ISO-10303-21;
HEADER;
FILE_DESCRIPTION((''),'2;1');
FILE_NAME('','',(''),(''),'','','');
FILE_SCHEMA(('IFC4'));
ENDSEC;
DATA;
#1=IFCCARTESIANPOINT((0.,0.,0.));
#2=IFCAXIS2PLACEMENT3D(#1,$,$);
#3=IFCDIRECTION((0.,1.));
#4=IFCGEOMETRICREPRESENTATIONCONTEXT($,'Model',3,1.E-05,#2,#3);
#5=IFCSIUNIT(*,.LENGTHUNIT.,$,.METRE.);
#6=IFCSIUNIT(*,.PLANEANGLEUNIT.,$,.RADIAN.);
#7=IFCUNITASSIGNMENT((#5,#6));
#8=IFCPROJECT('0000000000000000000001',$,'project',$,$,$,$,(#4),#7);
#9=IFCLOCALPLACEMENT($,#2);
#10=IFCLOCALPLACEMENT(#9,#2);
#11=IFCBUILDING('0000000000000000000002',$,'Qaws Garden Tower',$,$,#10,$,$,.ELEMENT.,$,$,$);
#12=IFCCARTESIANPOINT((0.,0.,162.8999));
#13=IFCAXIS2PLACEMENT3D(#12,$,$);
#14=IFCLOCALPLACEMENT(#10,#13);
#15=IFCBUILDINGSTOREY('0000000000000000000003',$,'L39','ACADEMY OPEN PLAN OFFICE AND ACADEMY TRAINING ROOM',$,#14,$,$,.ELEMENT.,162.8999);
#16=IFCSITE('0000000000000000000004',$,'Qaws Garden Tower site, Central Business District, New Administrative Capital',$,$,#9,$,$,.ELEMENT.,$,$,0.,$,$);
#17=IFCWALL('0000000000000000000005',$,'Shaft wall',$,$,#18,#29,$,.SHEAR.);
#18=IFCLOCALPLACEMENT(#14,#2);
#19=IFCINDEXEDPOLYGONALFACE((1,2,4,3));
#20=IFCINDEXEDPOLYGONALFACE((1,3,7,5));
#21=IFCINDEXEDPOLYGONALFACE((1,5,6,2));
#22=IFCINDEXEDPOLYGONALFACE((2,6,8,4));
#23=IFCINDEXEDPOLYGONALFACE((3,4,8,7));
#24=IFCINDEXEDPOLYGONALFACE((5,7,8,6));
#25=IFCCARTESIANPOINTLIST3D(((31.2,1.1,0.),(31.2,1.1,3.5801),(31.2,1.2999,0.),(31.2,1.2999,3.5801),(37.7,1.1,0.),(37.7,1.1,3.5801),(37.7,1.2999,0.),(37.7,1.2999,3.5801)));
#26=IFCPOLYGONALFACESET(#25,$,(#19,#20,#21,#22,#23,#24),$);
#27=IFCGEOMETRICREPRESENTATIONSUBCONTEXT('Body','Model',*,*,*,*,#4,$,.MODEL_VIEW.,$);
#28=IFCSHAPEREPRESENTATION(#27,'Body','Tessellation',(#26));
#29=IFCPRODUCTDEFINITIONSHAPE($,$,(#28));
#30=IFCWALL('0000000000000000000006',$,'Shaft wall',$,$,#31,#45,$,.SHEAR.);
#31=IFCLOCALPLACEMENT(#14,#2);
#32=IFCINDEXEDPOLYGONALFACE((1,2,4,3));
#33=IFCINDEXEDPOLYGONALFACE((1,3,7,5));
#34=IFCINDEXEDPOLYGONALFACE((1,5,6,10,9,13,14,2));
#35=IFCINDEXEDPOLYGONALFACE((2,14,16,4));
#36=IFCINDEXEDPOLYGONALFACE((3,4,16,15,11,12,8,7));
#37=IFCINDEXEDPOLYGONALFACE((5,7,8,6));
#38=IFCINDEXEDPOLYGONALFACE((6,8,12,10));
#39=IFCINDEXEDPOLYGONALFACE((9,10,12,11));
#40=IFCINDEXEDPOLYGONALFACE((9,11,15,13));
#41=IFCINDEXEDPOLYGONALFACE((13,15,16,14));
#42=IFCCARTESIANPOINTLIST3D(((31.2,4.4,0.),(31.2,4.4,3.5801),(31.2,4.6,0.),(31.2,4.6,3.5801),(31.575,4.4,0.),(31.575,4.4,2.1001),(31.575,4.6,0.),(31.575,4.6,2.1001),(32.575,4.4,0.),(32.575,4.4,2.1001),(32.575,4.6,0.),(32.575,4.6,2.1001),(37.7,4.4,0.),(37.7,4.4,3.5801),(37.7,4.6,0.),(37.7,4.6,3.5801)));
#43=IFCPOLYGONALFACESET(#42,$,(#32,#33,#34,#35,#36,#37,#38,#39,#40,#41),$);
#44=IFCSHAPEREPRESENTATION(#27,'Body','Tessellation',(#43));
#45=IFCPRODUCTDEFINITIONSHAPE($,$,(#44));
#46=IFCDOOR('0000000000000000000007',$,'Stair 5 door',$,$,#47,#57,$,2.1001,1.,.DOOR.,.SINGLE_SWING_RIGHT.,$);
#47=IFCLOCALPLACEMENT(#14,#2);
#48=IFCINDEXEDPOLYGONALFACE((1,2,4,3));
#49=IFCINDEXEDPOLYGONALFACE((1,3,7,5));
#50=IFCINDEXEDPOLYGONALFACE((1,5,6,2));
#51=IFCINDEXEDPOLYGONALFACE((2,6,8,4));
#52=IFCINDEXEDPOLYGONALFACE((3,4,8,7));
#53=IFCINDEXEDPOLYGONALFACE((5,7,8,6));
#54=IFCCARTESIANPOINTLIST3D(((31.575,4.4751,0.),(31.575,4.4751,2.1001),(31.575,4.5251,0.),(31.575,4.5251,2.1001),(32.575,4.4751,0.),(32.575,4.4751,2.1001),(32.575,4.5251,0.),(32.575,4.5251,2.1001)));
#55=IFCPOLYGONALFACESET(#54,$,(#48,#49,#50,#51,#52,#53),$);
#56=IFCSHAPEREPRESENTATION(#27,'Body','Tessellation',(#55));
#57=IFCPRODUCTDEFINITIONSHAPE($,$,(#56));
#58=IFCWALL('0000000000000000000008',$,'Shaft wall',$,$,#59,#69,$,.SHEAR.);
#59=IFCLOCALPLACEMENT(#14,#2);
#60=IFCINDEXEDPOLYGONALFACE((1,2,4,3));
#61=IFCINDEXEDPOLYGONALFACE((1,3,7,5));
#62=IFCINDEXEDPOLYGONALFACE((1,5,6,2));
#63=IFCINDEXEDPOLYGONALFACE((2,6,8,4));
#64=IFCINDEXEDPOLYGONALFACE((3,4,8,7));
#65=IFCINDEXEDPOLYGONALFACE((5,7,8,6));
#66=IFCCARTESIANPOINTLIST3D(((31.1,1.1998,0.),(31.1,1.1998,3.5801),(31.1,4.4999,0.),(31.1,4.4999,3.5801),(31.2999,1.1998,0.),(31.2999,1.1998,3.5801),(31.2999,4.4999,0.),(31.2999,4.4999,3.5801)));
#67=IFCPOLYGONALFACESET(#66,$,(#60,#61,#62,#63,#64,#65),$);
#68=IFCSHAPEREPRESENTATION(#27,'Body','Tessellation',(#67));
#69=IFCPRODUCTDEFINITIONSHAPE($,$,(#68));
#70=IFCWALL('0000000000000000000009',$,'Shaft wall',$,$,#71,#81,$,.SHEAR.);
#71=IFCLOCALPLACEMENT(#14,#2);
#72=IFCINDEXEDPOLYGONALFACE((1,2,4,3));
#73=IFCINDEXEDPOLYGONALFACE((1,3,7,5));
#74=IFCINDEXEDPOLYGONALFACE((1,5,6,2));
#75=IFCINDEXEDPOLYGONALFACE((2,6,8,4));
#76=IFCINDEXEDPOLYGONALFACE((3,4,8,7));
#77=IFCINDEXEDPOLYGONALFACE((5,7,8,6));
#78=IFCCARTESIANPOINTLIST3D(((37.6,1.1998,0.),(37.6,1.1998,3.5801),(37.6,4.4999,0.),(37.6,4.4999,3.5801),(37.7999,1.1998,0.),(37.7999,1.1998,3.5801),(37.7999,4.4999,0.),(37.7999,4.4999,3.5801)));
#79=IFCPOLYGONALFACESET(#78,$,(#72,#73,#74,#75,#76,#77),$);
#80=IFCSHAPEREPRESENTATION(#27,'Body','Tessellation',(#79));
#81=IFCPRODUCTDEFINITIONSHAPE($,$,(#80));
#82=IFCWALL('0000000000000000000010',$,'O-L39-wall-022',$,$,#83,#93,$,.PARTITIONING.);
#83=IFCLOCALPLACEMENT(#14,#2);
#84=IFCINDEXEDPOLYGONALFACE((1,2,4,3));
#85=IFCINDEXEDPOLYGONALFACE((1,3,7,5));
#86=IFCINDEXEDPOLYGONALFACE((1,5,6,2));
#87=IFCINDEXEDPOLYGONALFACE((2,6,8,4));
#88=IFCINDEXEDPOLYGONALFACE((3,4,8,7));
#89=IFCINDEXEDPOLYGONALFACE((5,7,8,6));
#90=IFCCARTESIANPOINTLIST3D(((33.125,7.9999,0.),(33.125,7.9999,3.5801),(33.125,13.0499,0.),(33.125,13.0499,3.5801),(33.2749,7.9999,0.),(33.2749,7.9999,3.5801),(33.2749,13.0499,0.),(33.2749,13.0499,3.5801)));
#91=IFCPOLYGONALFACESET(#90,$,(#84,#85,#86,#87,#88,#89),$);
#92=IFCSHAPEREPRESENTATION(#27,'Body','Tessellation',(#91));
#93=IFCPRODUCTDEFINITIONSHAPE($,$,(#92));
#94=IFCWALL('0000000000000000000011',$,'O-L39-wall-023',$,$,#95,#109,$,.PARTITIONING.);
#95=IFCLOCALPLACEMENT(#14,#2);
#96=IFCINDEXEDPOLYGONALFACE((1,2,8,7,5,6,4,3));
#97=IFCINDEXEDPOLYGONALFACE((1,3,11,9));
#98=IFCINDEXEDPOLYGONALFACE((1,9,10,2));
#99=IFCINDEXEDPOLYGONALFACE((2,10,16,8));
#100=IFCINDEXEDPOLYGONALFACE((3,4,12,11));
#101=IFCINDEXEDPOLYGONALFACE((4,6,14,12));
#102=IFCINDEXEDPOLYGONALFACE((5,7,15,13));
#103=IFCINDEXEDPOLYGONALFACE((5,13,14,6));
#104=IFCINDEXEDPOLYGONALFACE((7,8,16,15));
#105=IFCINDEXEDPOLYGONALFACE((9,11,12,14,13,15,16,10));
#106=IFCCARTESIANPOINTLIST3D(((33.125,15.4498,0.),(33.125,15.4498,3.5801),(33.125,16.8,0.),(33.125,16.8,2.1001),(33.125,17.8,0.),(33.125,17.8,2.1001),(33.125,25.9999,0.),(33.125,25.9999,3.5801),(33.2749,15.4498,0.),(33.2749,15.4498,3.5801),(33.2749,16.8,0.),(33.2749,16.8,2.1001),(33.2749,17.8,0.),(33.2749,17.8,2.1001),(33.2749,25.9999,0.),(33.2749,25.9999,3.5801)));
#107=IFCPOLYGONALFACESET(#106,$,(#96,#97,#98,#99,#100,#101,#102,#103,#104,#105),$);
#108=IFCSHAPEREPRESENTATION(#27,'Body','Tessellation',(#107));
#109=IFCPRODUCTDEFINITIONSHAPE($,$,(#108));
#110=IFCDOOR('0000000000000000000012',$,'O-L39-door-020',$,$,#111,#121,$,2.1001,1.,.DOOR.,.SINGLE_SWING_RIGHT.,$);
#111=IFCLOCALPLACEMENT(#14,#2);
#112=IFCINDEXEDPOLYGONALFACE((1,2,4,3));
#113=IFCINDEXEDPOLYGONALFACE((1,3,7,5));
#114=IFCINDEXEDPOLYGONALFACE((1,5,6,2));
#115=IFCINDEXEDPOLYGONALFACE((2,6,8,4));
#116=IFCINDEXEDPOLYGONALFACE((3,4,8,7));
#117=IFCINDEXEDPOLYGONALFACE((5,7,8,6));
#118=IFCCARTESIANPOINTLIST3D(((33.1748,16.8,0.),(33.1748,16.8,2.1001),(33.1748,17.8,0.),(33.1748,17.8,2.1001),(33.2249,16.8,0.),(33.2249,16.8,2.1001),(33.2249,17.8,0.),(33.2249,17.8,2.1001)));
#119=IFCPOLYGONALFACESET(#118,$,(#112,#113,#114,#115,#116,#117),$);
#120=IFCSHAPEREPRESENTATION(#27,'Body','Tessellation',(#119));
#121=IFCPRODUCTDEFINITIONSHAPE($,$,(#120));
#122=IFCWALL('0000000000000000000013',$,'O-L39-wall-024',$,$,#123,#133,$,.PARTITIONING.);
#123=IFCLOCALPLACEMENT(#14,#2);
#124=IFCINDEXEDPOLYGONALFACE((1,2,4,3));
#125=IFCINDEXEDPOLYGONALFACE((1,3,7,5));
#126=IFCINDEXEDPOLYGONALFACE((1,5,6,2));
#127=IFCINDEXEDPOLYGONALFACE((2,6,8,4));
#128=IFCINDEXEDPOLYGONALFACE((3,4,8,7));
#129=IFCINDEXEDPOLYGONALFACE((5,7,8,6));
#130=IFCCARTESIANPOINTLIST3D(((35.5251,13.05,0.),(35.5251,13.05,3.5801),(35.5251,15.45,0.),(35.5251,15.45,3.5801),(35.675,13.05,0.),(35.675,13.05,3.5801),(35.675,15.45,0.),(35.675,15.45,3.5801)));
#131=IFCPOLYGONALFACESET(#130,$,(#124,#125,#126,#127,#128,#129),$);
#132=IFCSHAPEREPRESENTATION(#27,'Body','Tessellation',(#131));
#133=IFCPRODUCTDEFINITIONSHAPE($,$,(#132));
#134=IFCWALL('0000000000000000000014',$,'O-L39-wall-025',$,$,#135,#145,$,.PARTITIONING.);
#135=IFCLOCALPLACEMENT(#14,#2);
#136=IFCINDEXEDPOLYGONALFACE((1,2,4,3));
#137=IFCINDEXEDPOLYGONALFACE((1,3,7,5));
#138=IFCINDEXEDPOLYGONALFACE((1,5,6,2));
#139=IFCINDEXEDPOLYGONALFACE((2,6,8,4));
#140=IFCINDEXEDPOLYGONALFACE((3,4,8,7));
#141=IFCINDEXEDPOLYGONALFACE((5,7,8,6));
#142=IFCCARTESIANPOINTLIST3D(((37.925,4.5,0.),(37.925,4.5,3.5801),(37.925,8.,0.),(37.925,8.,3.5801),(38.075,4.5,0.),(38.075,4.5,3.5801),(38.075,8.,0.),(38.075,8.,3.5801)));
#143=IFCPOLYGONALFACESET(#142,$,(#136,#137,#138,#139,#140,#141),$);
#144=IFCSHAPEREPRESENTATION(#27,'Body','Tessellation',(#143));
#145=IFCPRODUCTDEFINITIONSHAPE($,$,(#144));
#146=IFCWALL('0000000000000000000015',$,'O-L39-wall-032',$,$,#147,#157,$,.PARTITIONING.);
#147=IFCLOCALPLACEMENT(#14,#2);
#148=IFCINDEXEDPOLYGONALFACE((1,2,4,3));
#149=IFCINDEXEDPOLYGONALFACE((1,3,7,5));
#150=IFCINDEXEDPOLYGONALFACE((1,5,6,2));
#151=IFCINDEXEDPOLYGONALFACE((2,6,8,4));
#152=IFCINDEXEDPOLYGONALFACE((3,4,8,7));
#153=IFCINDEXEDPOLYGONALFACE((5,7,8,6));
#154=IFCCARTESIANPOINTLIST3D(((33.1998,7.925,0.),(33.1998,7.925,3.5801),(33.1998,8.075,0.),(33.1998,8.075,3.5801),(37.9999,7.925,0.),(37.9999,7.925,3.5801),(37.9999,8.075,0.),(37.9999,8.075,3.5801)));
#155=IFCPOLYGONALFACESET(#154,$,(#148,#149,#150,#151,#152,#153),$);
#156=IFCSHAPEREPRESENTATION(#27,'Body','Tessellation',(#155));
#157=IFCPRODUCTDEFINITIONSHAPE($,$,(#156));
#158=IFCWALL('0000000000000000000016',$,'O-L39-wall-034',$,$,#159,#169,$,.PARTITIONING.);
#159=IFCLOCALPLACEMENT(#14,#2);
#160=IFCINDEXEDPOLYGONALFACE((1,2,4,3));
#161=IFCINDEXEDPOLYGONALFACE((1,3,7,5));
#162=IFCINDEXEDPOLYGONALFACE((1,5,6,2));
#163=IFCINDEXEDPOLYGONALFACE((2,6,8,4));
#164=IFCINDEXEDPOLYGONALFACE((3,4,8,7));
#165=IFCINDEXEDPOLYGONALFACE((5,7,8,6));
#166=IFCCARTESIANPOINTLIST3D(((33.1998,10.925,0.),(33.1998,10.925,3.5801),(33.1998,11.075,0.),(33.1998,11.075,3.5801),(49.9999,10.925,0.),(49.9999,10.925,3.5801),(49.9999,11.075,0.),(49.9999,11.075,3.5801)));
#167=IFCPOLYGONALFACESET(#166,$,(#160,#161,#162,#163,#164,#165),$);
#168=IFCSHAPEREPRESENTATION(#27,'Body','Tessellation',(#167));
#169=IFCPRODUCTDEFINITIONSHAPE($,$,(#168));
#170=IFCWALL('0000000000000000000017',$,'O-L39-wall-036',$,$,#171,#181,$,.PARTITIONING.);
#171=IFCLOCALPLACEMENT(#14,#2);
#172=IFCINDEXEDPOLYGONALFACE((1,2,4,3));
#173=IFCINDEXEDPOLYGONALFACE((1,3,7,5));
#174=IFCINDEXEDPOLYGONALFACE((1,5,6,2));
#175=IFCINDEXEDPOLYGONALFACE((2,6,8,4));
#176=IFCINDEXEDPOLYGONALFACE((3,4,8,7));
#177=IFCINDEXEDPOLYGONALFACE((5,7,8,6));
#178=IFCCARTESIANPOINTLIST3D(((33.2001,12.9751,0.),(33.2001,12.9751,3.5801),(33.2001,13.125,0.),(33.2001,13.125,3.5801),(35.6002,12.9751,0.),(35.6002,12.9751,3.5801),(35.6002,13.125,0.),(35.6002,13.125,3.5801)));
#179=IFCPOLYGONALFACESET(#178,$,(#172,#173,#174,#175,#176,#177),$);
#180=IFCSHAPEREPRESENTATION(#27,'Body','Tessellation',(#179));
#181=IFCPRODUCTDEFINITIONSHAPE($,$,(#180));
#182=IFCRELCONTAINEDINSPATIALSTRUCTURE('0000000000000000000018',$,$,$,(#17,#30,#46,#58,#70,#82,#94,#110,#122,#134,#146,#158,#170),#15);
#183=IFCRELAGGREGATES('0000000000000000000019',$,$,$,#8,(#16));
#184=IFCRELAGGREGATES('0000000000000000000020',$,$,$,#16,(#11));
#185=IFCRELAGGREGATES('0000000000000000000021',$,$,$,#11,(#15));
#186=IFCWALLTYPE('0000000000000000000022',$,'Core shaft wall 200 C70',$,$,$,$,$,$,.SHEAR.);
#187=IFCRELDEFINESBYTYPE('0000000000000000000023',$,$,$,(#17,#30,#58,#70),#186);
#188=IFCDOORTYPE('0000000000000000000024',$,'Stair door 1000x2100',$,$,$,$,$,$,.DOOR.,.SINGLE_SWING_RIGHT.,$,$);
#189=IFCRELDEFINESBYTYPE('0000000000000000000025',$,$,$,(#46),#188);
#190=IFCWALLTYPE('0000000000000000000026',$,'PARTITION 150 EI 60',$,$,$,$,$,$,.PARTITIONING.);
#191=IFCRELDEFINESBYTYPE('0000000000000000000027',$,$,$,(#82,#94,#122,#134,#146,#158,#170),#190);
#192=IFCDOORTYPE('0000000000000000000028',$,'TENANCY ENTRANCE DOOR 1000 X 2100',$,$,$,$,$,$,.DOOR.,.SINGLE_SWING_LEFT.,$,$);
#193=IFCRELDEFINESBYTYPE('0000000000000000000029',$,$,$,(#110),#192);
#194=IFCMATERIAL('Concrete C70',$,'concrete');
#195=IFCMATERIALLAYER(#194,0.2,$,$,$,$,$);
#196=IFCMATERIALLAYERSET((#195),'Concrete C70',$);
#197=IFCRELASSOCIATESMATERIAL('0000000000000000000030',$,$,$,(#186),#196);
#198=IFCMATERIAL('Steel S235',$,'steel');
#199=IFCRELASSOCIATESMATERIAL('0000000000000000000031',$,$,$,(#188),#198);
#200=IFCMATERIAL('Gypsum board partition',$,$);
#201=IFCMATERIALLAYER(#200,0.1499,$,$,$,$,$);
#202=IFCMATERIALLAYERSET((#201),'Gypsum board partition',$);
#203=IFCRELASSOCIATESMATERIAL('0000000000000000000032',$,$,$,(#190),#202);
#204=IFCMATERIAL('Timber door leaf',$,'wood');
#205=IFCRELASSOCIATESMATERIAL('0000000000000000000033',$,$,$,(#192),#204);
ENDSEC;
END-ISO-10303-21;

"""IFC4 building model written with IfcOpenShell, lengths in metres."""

from ifc_helpers import new_model, si_unit, direction, frame, frame_2d, origin, place, context, subcontext, project, spatial, rectangle, extrude, material, layer, layer_set, type_object, element, fill, save


model = new_model("IFC4")

# Units and contexts
model_context = context("Model", 3, precision=1e-05, world=origin(), true_north=direction((0.0, 1.0)))
body_context = subcontext(model_context, "Body", "Model", "MODEL_VIEW")
ifc_project = project(units=[si_unit("LENGTHUNIT", "METRE"), si_unit("PLANEANGLEUNIT", "RADIAN")], contexts=[model_context])

# Site, building, storey
site_placement = place(None, origin())
site = spatial("IfcSite", under=ifc_project, at=site_placement, Name="Qaws Garden Tower site, Central Business District, New Administrative Capital", CompositionType="ELEMENT", RefElevation=0.0)
building_placement = place(site_placement, origin())
building = spatial("IfcBuilding", under=site, at=building_placement, Name="Qaws Garden Tower", CompositionType="ELEMENT")
storey_placement = place(building_placement, frame((0.0, 0.0, 162.8999)))
storey = spatial("IfcBuildingStorey", under=building, at=storey_placement, Name="L39", Description="ACADEMY OPEN PLAN OFFICE AND ACADEMY TRAINING ROOM", CompositionType="ELEMENT", Elevation=162.8999)

# Wall
ifc_material_1 = material(Name="Concrete C70", Category="concrete")
ifc_layer_1 = layer(ifc_material_1, 0.2)
ifc_layer_set_1 = layer_set([ifc_layer_1], Name="Concrete C70")
wall_type_1 = type_object("IfcWallType", Name="Core shaft wall 200 C70", PredefinedType="SHEAR", material=ifc_layer_set_1)
wall_1_placement = place(storey_placement, frame((31.2, 1.2, 0.0), z_axis=(0.0, 0.0, 1.0), x_axis=(1.0, 0.0, 0.0)))
element("IfcWall", 1, at=wall_1_placement, inside=storey, type_object=wall_type_1, Name="Shaft wall", PredefinedType="SHEAR", context=body_context, shape_type="SweptSolid", body=[
    extrude(rectangle(XDim=6.5, YDim=0.2, at=frame_2d((3.25, 0.0))), origin(), (0.0, 0.0, 1.0), 3.5801),
])

# Wall, opening, door
wall_2_placement = place(storey_placement, frame((31.2, 4.5, 0.0), z_axis=(0.0, 0.0, 1.0), x_axis=(1.0, 0.0, 0.0)))
wall_2 = element("IfcWall", 2, at=wall_2_placement, inside=storey, type_object=wall_type_1, Name="Shaft wall", PredefinedType="SHEAR", context=body_context, shape_type="SweptSolid", body=[
    extrude(rectangle(XDim=6.5, YDim=0.2, at=frame_2d((3.25, 0.0))), origin(), (0.0, 0.0, 1.0), 3.5801),
])
opening_1_placement = place(wall_2_placement, frame((0.375, 0.0, 0.0)))
opening_1 = element("IfcOpeningElement", 3, at=opening_1_placement, cuts=wall_2, PredefinedType="OPENING", context=body_context, shape_type="SweptSolid", body=[
    extrude(rectangle(XDim=1.0, YDim=2.1001, at=frame_2d((0.5, 1.05))), frame((0.0, 0.1099, 0.0), z_axis=(0.0, -1.0, 0.0), x_axis=(1.0, 0.0, 0.0)), (0.0, 0.0, 1.0), 0.22),
])
ifc_material_2 = material(Name="Steel S235", Category="steel")
door_type_1 = type_object("IfcDoorType", Name="Stair door 1000x2100", OperationType="SINGLE_SWING_RIGHT", PredefinedType="DOOR", material=ifc_material_2)
door_1_placement = place(opening_1_placement, frame((1.0, 0.0, 0.0), z_axis=(0.0, 0.0, 1.0), x_axis=(-1.0, 0.0, 0.0)))
door_1 = element("IfcDoor", 4, at=door_1_placement, inside=storey, type_object=door_type_1, Name="Stair 5 door", OperationType="SINGLE_SWING_RIGHT", OverallHeight=2.1001, OverallWidth=1.0, PredefinedType="DOOR", context=body_context, shape_type="SweptSolid", body=[
    extrude(rectangle(XDim=1.0, YDim=2.1001, at=frame_2d((0.5, 1.05))), frame((0.0, 0.0249, 0.0), z_axis=(0.0, -1.0, 0.0), x_axis=(1.0, 0.0, 0.0)), (0.0, 0.0, 1.0), 0.05),
])
fill(opening_1, door_1)

# Walls
for number, where, z_axis, x_axis, name in (
    (5, (31.2, 1.2, 0.0), (0.0, 0.0, 1.0), (0.0, 1.0, 0.0), "Shaft wall"),
    (6, (37.7, 1.2, 0.0), (0.0, 0.0, 1.0), (0.0, 1.0, 0.0), "Shaft wall"),
):
    element("IfcWall", number, at=place(storey_placement, frame(where, z_axis=z_axis, x_axis=x_axis)), inside=storey, type_object=wall_type_1, Name=name, PredefinedType="SHEAR", context=body_context, shape_type="SweptSolid", body=[
        extrude(rectangle(XDim=3.3, YDim=0.2, at=frame_2d((1.6499, 0.0))), origin(), (0.0, 0.0, 1.0), 3.5801),
    ])
ifc_material_3 = material(Name="Gypsum board partition")
ifc_layer_2 = layer(ifc_material_3, 0.1499)
ifc_layer_set_2 = layer_set([ifc_layer_2], Name="Gypsum board partition")
wall_type_2 = type_object("IfcWallType", Name="PARTITION 150 EI 60", PredefinedType="PARTITIONING", material=ifc_layer_set_2)
wall_3_placement = place(storey_placement, frame((33.2, 8.0, 0.0), z_axis=(0.0, 0.0, 1.0), x_axis=(0.0, 1.0, 0.0)))
element("IfcWall", 7, at=wall_3_placement, inside=storey, type_object=wall_type_2, Name="O-L39-wall-022", PredefinedType="PARTITIONING", context=body_context, shape_type="SweptSolid", body=[
    extrude(rectangle(XDim=5.05, YDim=0.1499, at=frame_2d((2.5249, 0.0))), origin(), (0.0, 0.0, 1.0), 3.5801),
])

# Wall, opening, door
wall_4_placement = place(storey_placement, frame((33.2, 15.45, 0.0), z_axis=(0.0, 0.0, 1.0), x_axis=(0.0, 1.0, 0.0)))
wall_4 = element("IfcWall", 8, at=wall_4_placement, inside=storey, type_object=wall_type_2, Name="O-L39-wall-023", PredefinedType="PARTITIONING", context=body_context, shape_type="SweptSolid", body=[
    extrude(rectangle(XDim=10.55, YDim=0.1499, at=frame_2d((5.2749, 0.0))), origin(), (0.0, 0.0, 1.0), 3.5801),
])
opening_2_placement = place(wall_4_placement, frame((1.3501, 0.0, 0.0)))
opening_2 = element("IfcOpeningElement", 9, at=opening_2_placement, cuts=wall_4, PredefinedType="OPENING", context=body_context, shape_type="SweptSolid", body=[
    extrude(rectangle(XDim=1.0, YDim=2.1001, at=frame_2d((0.5, 1.05))), frame((0.0, 0.085, 0.0), z_axis=(0.0, -1.0, 0.0), x_axis=(1.0, 0.0, 0.0)), (0.0, 0.0, 1.0), 0.1699),
])
ifc_material_4 = material(Name="Timber door leaf", Category="wood")
door_type_2 = type_object("IfcDoorType", Name="TENANCY ENTRANCE DOOR 1000 X 2100", OperationType="SINGLE_SWING_LEFT", PredefinedType="DOOR", material=ifc_material_4)
door_2_placement = place(opening_2_placement, frame((1.0, 0.0, 0.0), z_axis=(0.0, 0.0, 1.0), x_axis=(-1.0, 0.0, 0.0)))
door_2 = element("IfcDoor", 10, at=door_2_placement, inside=storey, type_object=door_type_2, Name="O-L39-door-020", OperationType="SINGLE_SWING_RIGHT", OverallHeight=2.1001, OverallWidth=1.0, PredefinedType="DOOR", context=body_context, shape_type="SweptSolid", body=[
    extrude(rectangle(XDim=1.0, YDim=2.1001, at=frame_2d((0.5, 1.05))), frame((0.0, 0.0249, 0.0), z_axis=(0.0, -1.0, 0.0), x_axis=(1.0, 0.0, 0.0)), (0.0, 0.0, 1.0), 0.05),
])
fill(opening_2, door_2)

# Walls
wall_5_placement = place(storey_placement, frame((35.6001, 13.05, 0.0), z_axis=(0.0, 0.0, 1.0), x_axis=(0.0, 1.0, 0.0)))
element("IfcWall", 11, at=wall_5_placement, inside=storey, type_object=wall_type_2, Name="O-L39-wall-024", PredefinedType="PARTITIONING", context=body_context, shape_type="SweptSolid", body=[
    extrude(rectangle(XDim=2.3999, YDim=0.1499, at=frame_2d((1.2, 0.0))), origin(), (0.0, 0.0, 1.0), 3.5801),
])
wall_6_placement = place(storey_placement, frame((38.0, 4.5, 0.0), z_axis=(0.0, 0.0, 1.0), x_axis=(0.0, 1.0, 0.0)))
element("IfcWall", 12, at=wall_6_placement, inside=storey, type_object=wall_type_2, Name="O-L39-wall-025", PredefinedType="PARTITIONING", context=body_context, shape_type="SweptSolid", body=[
    extrude(rectangle(XDim=3.5, YDim=0.1499, at=frame_2d((1.75, 0.0))), origin(), (0.0, 0.0, 1.0), 3.5801),
])
wall_7_placement = place(storey_placement, frame((33.2, 8.0, 0.0), z_axis=(0.0, 0.0, 1.0), x_axis=(1.0, 0.0, 0.0)))
element("IfcWall", 13, at=wall_7_placement, inside=storey, type_object=wall_type_2, Name="O-L39-wall-032", PredefinedType="PARTITIONING", context=body_context, shape_type="SweptSolid", body=[
    extrude(rectangle(XDim=4.8, YDim=0.1499, at=frame_2d((2.3999, 0.0))), origin(), (0.0, 0.0, 1.0), 3.5801),
])
wall_8_placement = place(storey_placement, frame((33.2, 11.0, 0.0), z_axis=(0.0, 0.0, 1.0), x_axis=(1.0, 0.0, 0.0)))
element("IfcWall", 14, at=wall_8_placement, inside=storey, type_object=wall_type_2, Name="O-L39-wall-034", PredefinedType="PARTITIONING", context=body_context, shape_type="SweptSolid", body=[
    extrude(rectangle(XDim=16.8, YDim=0.1499, at=frame_2d((8.3999, 0.0))), origin(), (0.0, 0.0, 1.0), 3.5801),
])
for number, where, z_axis, x_axis, name in (
    (15, (33.2, 13.05, 0.0), (0.0, 0.0, 1.0), (1.0, 0.0, 0.0), "O-L39-wall-036"),
):
    element("IfcWall", number, at=place(storey_placement, frame(where, z_axis=z_axis, x_axis=x_axis)), inside=storey, type_object=wall_type_2, Name=name, PredefinedType="PARTITIONING", context=body_context, shape_type="SweptSolid", body=[
        extrude(rectangle(XDim=2.4001, YDim=0.1499, at=frame_2d((1.2002, 0.0))), origin(), (0.0, 0.0, 1.0), 3.5801),
    ])

save(model, "model.ifc")
